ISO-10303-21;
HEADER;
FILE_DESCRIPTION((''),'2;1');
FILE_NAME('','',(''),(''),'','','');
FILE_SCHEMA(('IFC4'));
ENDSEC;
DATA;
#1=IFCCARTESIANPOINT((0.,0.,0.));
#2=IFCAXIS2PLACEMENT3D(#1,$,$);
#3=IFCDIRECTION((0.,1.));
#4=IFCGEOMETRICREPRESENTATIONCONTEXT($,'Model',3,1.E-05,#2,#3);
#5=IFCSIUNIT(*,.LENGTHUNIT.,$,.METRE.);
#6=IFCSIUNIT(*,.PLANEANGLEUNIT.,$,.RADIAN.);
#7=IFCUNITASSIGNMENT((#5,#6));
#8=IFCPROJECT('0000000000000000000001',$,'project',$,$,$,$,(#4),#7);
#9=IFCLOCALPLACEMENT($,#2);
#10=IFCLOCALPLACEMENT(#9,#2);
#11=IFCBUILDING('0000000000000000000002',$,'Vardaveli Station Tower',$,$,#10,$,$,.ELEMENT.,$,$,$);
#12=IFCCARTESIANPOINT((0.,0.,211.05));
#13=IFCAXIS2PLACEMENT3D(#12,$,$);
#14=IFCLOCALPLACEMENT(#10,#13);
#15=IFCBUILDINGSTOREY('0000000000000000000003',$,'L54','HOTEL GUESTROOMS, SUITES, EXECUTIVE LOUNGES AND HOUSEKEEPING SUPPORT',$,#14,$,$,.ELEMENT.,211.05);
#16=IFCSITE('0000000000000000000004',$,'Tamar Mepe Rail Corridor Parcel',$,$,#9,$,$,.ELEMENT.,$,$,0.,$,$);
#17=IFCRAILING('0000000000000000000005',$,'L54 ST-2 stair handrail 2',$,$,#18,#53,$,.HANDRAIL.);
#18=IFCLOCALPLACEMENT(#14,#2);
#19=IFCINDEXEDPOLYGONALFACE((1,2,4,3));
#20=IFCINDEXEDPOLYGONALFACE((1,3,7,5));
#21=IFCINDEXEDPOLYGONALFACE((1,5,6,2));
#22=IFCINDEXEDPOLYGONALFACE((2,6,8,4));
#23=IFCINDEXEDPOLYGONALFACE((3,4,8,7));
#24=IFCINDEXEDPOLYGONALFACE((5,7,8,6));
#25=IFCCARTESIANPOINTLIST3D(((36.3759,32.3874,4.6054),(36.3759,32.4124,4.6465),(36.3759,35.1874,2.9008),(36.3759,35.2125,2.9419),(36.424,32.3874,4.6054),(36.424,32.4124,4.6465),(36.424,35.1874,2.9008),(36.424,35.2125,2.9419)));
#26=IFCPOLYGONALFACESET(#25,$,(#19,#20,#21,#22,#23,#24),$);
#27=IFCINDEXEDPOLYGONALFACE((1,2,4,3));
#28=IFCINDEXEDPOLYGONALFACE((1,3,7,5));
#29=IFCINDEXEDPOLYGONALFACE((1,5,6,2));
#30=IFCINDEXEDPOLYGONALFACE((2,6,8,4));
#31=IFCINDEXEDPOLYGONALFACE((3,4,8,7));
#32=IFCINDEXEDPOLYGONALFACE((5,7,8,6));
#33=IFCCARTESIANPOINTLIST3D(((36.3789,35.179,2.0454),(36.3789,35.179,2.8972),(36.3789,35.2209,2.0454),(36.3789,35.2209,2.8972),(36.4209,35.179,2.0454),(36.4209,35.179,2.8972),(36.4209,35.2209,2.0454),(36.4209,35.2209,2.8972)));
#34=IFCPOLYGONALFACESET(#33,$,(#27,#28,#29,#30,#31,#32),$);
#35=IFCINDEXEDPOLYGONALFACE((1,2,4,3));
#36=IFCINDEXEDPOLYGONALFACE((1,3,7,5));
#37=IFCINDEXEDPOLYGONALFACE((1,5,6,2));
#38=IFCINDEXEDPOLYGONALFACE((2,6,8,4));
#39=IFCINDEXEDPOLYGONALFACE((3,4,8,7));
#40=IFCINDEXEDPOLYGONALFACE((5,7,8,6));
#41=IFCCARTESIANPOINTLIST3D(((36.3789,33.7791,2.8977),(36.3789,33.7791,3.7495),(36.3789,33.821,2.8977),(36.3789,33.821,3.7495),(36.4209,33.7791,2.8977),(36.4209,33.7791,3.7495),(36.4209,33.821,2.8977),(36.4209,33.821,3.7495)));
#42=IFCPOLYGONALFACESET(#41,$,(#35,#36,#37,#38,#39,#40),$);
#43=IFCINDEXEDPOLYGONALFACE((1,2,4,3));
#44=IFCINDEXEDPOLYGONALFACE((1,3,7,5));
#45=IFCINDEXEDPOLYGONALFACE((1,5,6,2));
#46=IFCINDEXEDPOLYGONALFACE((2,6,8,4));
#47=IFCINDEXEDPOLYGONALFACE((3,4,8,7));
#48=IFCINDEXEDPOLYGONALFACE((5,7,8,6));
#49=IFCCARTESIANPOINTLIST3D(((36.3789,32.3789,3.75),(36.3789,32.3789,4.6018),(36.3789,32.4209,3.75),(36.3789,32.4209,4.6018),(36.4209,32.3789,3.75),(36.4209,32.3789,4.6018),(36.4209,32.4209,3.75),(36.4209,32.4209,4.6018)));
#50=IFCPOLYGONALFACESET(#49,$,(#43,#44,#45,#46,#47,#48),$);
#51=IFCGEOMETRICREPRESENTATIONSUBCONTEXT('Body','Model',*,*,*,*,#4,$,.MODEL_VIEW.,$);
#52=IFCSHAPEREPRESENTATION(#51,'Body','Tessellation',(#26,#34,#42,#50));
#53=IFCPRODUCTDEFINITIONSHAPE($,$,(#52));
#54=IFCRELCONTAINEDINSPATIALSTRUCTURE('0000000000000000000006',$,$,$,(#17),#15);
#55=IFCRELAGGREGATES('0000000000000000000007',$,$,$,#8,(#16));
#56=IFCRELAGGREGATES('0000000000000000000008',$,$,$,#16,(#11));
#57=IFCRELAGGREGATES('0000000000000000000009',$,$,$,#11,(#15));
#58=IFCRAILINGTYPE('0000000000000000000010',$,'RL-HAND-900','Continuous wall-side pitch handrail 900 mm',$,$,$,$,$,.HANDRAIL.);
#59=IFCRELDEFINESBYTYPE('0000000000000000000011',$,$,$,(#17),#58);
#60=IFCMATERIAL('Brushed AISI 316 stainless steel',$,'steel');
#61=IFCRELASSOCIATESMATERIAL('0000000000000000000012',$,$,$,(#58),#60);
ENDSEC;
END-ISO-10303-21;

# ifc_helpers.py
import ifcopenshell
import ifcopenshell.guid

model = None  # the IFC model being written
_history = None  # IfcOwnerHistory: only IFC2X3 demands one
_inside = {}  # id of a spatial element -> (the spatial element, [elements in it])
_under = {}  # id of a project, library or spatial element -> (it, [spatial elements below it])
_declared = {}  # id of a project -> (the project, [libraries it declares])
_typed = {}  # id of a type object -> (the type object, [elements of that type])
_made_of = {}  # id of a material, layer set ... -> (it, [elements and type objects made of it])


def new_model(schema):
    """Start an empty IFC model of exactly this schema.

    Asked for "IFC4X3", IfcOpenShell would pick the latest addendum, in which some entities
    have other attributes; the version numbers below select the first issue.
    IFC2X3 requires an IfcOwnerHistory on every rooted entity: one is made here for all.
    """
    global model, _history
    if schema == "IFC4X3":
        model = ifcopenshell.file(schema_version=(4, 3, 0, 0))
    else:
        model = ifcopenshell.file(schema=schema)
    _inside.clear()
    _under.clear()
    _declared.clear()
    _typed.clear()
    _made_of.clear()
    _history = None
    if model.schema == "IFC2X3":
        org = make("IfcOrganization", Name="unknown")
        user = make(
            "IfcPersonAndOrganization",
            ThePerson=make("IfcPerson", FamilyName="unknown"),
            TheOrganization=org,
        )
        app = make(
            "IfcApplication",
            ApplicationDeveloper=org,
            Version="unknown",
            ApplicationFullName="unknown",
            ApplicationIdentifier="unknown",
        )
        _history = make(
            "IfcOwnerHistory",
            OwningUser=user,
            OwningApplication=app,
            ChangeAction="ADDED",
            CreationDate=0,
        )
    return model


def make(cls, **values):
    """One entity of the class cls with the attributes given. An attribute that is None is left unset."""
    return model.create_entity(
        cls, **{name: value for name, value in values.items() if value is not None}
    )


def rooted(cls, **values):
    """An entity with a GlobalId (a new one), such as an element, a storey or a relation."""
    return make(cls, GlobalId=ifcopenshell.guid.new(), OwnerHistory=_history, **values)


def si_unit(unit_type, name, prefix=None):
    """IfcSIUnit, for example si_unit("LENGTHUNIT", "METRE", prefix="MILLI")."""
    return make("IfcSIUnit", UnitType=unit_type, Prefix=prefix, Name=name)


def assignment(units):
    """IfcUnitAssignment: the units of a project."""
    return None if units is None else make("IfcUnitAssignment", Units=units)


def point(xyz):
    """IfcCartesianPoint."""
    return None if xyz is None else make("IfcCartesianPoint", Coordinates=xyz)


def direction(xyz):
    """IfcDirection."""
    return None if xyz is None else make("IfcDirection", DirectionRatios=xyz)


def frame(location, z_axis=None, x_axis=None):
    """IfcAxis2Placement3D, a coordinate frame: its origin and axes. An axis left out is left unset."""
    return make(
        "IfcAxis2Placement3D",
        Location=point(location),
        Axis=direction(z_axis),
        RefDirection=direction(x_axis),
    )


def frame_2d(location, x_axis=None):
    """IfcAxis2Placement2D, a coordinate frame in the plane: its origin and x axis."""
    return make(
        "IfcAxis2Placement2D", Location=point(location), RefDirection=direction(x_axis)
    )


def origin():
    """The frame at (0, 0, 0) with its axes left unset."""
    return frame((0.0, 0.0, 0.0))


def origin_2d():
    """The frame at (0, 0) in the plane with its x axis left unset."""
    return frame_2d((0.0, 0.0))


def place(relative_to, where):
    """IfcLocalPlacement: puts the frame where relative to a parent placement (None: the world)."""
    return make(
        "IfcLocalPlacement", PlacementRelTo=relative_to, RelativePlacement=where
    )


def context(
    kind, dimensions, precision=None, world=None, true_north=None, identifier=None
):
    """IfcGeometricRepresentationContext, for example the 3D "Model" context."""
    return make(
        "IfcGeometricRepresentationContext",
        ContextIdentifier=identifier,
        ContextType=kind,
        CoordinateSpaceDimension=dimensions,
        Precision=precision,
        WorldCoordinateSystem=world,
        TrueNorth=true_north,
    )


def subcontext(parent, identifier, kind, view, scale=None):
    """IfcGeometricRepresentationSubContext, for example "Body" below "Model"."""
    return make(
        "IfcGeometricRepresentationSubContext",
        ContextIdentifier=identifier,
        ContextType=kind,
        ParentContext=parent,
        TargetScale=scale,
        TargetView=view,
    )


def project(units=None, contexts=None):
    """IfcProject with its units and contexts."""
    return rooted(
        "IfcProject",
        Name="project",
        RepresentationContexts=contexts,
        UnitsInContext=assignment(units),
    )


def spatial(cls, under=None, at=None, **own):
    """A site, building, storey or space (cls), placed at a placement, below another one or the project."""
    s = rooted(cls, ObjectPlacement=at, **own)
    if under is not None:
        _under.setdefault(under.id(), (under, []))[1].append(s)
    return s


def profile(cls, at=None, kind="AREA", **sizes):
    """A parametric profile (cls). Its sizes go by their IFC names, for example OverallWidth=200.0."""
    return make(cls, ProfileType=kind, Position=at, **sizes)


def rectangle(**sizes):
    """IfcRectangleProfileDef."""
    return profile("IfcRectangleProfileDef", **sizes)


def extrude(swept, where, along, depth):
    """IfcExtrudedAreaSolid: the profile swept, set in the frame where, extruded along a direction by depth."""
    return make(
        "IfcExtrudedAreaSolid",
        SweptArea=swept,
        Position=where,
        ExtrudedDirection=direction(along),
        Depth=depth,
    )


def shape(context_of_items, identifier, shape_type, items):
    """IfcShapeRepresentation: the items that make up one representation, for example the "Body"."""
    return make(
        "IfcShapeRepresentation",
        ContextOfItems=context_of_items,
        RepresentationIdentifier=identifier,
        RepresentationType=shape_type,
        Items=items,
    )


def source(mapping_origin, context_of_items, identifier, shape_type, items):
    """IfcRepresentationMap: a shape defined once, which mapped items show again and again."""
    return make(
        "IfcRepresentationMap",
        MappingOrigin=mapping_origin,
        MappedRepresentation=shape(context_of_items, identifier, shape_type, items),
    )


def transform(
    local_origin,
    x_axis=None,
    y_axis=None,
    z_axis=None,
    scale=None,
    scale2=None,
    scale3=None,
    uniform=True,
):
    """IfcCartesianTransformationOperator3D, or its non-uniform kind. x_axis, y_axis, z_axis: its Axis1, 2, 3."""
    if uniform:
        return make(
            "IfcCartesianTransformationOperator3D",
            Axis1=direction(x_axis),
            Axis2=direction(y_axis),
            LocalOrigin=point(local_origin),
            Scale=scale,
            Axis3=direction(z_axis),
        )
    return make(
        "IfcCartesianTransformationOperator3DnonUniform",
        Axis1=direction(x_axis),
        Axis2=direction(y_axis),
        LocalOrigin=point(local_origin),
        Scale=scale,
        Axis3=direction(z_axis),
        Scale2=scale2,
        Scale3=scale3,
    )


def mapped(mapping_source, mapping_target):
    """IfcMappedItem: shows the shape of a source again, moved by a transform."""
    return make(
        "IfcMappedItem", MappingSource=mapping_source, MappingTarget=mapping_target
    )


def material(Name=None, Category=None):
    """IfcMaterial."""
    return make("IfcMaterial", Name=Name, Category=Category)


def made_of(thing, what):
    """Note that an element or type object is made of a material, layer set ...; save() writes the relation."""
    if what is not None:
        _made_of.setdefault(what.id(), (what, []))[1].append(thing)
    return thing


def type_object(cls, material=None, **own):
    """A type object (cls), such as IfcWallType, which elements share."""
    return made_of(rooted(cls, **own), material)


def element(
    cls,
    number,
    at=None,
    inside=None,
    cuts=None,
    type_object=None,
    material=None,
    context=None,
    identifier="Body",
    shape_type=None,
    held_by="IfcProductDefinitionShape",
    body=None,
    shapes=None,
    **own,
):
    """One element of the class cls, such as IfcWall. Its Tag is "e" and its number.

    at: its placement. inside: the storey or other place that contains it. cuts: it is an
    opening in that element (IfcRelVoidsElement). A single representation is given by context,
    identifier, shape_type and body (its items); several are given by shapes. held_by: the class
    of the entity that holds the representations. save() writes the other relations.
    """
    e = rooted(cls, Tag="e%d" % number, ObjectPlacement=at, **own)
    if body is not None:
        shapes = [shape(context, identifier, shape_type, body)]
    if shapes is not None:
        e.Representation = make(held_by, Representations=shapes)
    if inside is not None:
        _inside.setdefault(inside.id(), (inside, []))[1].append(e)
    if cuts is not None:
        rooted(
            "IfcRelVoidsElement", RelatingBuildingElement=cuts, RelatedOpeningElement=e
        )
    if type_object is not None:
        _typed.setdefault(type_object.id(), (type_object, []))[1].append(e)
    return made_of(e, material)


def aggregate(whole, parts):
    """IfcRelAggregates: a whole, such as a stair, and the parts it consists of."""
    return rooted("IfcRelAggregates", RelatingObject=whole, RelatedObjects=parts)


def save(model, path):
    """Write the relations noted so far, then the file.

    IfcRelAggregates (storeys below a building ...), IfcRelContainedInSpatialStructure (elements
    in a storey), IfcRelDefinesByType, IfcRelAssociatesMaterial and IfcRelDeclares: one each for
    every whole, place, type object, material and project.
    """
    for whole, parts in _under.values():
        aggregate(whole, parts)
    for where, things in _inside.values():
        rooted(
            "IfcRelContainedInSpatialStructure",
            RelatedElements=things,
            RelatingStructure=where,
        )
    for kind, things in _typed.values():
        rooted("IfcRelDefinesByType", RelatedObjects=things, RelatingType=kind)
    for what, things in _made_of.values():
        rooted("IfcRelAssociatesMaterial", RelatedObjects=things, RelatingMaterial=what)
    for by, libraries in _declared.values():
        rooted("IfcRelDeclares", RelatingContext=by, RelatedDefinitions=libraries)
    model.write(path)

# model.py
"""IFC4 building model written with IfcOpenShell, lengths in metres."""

from ifc_helpers import new_model, si_unit, direction, frame, origin, origin_2d, place, context, subcontext, project, spatial, rectangle, extrude, source, transform, mapped, material, type_object, element, save


model = new_model("IFC4")

# Units and contexts
model_context = context("Model", 3, precision=1e-05, world=origin(), true_north=direction((0.0, 1.0)))
body_context = subcontext(model_context, "Body", "Model", "MODEL_VIEW")
ifc_project = project(units=[si_unit("LENGTHUNIT", "METRE"), si_unit("PLANEANGLEUNIT", "RADIAN")], contexts=[model_context])

# Site, building, storey
site_placement = place(None, origin())
site = spatial("IfcSite", under=ifc_project, at=site_placement, Name="Tamar Mepe Rail Corridor Parcel", CompositionType="ELEMENT", RefElevation=0.0)
building_placement = place(site_placement, origin())
building = spatial("IfcBuilding", under=site, at=building_placement, Name="Vardaveli Station Tower", CompositionType="ELEMENT")
storey_placement = place(building_placement, frame((0.0, 0.0, 211.05)))
storey = spatial("IfcBuildingStorey", under=building, at=storey_placement, Name="L54", Description="HOTEL GUESTROOMS, SUITES, EXECUTIVE LOUNGES AND HOUSEKEEPING SUPPORT", CompositionType="ELEMENT", Elevation=211.05)

# Railing
ifc_material_1 = material(Name="Brushed AISI 316 stainless steel", Category="steel")
railing_type_1 = type_object("IfcRailingType", Name="RL-HAND-900", Description="Continuous wall-side pitch handrail 900 mm", PredefinedType="HANDRAIL", material=ifc_material_1)
shared_shape_1 = source(origin(), body_context, "Body", "SweptSolid", [
    extrude(rectangle(XDim=0.0481, YDim=0.0481, at=origin_2d()), frame((0.0, 0.0, 0.876), z_axis=(0.0, -0.85417, 0.519994), x_axis=(1.0, 0.0, 0.0)), (0.0, 0.0, 1.0), 3.2781),
    extrude(rectangle(XDim=0.042, YDim=0.042, at=origin_2d()), origin(), (0.0, 0.0, 1.0), 0.8518),
    extrude(rectangle(XDim=0.042, YDim=0.042, at=origin_2d()), frame((0.0, -1.3999, 0.8523)), (0.0, 0.0, 1.0), 0.8518),
    extrude(rectangle(XDim=0.042, YDim=0.042, at=origin_2d()), frame((0.0, -2.8, 1.7046)), (0.0, 0.0, 1.0), 0.8518),
])
railing_1_placement = place(storey_placement, frame((36.3999, 35.2, 2.0454)))
element("IfcRailing", 1, at=railing_1_placement, inside=storey, type_object=railing_type_1, Name="L54 ST-2 stair handrail 2", PredefinedType="HANDRAIL", context=body_context, shape_type="MappedRepresentation", body=[
    mapped(shared_shape_1, transform((0.0, 0.0, 0.0), scale=1.0)),
])

save(model, "model.ifc")
